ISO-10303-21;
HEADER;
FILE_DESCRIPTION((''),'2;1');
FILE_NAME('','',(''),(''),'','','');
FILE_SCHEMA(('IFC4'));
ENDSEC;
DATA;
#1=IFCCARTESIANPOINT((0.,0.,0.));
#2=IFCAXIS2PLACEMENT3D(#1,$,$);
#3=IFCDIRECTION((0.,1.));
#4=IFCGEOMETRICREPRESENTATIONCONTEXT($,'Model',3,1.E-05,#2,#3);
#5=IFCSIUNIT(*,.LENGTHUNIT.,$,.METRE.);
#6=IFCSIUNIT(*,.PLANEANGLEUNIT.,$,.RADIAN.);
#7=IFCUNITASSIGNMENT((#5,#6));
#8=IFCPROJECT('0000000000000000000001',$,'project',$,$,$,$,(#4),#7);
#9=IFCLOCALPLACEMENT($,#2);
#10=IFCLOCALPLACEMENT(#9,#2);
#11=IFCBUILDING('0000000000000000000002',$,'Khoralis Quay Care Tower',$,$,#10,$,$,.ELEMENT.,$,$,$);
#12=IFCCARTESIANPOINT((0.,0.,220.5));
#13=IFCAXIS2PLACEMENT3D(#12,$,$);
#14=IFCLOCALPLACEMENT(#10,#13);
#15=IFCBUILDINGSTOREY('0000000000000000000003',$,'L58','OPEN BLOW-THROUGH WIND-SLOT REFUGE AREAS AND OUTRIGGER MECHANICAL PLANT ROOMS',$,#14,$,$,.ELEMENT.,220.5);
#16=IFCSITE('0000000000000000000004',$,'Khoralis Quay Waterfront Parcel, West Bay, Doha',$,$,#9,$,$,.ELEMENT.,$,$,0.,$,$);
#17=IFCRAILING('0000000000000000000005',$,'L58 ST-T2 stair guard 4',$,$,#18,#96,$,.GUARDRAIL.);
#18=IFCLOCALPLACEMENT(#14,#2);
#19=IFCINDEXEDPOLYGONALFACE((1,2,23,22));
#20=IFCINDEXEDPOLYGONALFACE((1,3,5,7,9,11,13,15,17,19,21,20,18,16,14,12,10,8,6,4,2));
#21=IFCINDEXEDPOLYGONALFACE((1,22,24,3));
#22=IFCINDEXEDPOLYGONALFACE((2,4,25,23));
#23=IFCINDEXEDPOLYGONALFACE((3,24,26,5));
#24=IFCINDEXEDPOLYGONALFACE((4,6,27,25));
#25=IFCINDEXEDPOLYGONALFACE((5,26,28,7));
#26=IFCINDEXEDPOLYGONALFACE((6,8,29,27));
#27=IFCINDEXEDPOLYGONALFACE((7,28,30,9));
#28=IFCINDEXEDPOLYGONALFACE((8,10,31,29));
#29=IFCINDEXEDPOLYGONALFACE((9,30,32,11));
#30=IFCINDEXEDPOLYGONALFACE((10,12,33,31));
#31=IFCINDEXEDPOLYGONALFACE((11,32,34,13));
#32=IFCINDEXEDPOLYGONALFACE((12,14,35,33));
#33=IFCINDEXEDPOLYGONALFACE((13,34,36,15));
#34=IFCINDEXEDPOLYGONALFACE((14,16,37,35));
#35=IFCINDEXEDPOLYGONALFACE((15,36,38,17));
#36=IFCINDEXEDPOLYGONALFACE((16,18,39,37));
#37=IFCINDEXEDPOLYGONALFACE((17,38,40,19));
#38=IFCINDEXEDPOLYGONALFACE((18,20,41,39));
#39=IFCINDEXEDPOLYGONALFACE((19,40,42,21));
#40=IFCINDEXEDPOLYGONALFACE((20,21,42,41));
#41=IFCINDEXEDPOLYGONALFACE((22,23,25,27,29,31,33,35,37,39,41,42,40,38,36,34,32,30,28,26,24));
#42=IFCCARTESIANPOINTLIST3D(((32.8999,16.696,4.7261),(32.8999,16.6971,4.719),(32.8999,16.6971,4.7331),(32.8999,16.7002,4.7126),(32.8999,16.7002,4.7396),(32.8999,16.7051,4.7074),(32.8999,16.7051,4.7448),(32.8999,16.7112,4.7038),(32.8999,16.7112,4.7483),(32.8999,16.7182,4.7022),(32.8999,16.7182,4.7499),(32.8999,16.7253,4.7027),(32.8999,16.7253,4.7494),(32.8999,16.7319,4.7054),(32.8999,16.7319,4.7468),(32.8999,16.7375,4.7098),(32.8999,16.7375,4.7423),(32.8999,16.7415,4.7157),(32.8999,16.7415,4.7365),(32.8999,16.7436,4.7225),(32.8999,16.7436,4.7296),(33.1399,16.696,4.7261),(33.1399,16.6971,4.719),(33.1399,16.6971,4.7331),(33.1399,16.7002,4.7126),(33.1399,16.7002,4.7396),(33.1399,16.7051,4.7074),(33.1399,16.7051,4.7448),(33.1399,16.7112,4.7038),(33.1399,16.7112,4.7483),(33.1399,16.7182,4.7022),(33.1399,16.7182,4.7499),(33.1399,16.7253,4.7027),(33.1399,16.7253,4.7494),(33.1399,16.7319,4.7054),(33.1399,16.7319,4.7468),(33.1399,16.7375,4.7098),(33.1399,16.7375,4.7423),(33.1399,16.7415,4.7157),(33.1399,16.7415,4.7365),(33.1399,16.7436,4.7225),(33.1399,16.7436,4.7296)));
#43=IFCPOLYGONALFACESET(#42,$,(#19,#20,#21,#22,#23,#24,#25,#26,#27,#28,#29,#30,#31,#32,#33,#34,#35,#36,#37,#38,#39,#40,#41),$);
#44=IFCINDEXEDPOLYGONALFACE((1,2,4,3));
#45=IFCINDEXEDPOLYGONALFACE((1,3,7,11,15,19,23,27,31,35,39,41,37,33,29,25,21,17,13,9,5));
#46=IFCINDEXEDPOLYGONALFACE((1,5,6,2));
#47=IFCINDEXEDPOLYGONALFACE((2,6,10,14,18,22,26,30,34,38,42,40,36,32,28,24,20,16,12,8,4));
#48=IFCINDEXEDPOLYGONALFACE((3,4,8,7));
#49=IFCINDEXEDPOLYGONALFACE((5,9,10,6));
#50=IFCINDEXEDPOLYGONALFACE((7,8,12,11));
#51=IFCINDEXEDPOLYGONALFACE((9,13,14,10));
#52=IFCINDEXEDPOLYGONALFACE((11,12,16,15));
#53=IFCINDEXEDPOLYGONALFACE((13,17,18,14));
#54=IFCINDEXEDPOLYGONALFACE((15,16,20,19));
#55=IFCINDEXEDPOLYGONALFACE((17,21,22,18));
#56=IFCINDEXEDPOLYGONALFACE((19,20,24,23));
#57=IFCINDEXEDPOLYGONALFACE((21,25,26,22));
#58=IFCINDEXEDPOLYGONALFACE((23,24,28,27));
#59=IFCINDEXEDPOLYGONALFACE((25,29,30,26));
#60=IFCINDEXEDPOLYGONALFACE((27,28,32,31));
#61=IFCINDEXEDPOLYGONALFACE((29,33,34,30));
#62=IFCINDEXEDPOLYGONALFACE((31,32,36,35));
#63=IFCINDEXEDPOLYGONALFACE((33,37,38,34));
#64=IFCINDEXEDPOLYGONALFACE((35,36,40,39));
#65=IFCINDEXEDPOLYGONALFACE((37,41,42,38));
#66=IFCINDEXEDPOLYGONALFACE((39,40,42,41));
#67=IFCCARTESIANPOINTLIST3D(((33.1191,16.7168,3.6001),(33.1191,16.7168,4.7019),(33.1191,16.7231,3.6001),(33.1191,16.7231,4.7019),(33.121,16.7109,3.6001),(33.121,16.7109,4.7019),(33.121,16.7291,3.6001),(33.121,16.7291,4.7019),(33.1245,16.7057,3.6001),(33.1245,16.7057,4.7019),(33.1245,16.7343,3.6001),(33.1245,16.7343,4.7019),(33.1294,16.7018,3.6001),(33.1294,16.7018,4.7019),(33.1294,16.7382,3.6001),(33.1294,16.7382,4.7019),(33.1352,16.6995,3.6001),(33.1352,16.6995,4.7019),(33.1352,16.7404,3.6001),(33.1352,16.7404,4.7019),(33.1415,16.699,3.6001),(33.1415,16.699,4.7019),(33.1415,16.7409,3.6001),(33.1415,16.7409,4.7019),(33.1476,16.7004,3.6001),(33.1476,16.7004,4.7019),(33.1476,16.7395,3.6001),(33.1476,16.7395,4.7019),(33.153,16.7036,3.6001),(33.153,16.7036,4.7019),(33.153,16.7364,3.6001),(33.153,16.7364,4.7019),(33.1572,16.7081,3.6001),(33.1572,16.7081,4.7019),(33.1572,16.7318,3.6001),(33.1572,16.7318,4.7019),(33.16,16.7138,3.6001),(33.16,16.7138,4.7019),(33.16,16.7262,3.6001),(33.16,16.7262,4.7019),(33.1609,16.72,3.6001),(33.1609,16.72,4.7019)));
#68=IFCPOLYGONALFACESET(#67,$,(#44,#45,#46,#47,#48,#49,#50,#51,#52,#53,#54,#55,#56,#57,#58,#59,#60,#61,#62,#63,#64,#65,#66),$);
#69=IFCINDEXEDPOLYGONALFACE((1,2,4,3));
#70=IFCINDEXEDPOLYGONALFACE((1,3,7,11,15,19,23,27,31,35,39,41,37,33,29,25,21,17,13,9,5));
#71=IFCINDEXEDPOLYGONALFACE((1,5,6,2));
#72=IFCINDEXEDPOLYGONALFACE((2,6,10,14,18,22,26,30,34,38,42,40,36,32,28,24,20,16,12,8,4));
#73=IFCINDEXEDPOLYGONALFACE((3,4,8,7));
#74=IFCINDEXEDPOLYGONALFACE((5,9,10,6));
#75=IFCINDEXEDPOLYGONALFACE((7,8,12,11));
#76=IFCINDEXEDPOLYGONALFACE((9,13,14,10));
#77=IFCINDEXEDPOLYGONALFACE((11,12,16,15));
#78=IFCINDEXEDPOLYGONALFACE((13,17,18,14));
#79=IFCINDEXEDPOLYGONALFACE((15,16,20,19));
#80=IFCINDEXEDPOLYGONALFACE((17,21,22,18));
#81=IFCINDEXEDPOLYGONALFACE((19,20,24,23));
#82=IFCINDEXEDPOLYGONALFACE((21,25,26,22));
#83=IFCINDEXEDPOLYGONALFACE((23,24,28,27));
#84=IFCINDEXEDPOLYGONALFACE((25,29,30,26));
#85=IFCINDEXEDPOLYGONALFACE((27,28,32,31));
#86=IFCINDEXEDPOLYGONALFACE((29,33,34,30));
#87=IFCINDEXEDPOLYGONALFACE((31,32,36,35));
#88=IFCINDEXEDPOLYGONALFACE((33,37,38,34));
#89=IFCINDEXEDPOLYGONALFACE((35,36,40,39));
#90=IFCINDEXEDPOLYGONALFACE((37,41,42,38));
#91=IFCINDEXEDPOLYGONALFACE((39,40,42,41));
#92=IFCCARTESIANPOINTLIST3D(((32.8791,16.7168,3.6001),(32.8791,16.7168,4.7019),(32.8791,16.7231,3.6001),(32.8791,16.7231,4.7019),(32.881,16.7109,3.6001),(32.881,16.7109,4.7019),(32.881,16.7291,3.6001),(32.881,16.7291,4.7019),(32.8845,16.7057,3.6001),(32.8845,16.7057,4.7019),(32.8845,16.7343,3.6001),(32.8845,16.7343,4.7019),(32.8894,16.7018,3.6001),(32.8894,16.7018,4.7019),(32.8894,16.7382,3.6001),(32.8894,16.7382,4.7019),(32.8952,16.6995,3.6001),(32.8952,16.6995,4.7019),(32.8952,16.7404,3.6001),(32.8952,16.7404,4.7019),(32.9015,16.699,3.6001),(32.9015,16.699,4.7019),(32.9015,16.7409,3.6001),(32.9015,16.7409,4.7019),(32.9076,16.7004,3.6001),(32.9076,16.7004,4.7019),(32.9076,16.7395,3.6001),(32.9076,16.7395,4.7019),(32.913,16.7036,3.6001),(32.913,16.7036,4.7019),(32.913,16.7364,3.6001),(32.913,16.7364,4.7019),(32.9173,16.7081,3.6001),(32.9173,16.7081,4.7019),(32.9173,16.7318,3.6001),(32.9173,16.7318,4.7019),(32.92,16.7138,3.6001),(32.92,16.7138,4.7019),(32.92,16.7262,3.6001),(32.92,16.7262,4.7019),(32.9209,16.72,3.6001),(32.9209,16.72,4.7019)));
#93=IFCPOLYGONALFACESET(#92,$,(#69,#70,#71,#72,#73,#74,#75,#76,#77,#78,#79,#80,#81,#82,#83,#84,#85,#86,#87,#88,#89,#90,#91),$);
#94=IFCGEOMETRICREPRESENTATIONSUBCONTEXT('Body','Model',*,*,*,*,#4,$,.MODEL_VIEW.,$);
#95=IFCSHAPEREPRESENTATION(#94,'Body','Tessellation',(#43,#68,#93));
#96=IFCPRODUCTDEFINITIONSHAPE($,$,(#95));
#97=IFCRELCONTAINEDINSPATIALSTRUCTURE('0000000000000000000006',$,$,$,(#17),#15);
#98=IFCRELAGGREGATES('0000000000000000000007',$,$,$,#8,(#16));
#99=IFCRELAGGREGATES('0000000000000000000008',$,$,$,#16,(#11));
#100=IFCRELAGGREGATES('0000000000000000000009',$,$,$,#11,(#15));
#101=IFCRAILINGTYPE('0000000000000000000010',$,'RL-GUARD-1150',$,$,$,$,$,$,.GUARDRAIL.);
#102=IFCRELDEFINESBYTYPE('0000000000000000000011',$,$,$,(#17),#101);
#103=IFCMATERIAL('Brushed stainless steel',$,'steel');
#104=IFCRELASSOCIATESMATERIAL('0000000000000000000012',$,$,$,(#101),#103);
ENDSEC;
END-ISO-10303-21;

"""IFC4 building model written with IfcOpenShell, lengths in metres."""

from ifc_helpers import new_model, si_unit, direction, frame, origin, origin_2d, place, context, subcontext, project, spatial, circle, extrude, material, type_object, element, save


model = new_model("IFC4")

# Units and contexts
model_context = context("Model", 3, precision=1e-05, world=origin(), true_north=direction((0.0, 1.0)))
body_context = subcontext(model_context, "Body", "Model", "MODEL_VIEW")
ifc_project = project(units=[si_unit("LENGTHUNIT", "METRE"), si_unit("PLANEANGLEUNIT", "RADIAN")], contexts=[model_context])

# Site, building, storey
site_placement = place(None, origin())
site = spatial("IfcSite", under=ifc_project, at=site_placement, Name="Khoralis Quay Waterfront Parcel, West Bay, Doha", CompositionType="ELEMENT", RefElevation=0.0)
building_placement = place(site_placement, origin())
building = spatial("IfcBuilding", under=site, at=building_placement, Name="Khoralis Quay Care Tower", CompositionType="ELEMENT")
storey_placement = place(building_placement, frame((0.0, 0.0, 220.5)))
storey = spatial("IfcBuildingStorey", under=building, at=storey_placement, Name="L58", Description="OPEN BLOW-THROUGH WIND-SLOT REFUGE AREAS AND OUTRIGGER MECHANICAL PLANT ROOMS", CompositionType="ELEMENT", Elevation=220.5)

# Railing
ifc_material_1 = material(Name="Brushed stainless steel", Category="steel")
railing_type_1 = type_object("IfcRailingType", Name="RL-GUARD-1150", PredefinedType="GUARDRAIL", material=ifc_material_1)
railing_1_placement = place(storey_placement, frame((33.1399, 16.72, 3.6001)))
element("IfcRailing", 1, at=railing_1_placement, inside=storey, type_object=railing_type_1, Name="L58 ST-T2 stair guard 4", PredefinedType="GUARDRAIL", context=body_context, shape_type="SweptSolid", body=[
    extrude(circle(Radius=0.0239, at=origin_2d()), frame((0.0, 0.0, 1.126), z_axis=(-1.0, 0.0, 0.0), x_axis=(0.0, -1.0, 0.0)), (0.0, 0.0, 1.0), 0.24),
    extrude(circle(Radius=0.021, at=origin_2d()), origin(), (0.0, 0.0, 1.0), 1.1018),
    extrude(circle(Radius=0.021, at=origin_2d()), frame((-0.24, 0.0, 0.0)), (0.0, 0.0, 1.0), 1.1018),
])

save(model, "model.ifc")
